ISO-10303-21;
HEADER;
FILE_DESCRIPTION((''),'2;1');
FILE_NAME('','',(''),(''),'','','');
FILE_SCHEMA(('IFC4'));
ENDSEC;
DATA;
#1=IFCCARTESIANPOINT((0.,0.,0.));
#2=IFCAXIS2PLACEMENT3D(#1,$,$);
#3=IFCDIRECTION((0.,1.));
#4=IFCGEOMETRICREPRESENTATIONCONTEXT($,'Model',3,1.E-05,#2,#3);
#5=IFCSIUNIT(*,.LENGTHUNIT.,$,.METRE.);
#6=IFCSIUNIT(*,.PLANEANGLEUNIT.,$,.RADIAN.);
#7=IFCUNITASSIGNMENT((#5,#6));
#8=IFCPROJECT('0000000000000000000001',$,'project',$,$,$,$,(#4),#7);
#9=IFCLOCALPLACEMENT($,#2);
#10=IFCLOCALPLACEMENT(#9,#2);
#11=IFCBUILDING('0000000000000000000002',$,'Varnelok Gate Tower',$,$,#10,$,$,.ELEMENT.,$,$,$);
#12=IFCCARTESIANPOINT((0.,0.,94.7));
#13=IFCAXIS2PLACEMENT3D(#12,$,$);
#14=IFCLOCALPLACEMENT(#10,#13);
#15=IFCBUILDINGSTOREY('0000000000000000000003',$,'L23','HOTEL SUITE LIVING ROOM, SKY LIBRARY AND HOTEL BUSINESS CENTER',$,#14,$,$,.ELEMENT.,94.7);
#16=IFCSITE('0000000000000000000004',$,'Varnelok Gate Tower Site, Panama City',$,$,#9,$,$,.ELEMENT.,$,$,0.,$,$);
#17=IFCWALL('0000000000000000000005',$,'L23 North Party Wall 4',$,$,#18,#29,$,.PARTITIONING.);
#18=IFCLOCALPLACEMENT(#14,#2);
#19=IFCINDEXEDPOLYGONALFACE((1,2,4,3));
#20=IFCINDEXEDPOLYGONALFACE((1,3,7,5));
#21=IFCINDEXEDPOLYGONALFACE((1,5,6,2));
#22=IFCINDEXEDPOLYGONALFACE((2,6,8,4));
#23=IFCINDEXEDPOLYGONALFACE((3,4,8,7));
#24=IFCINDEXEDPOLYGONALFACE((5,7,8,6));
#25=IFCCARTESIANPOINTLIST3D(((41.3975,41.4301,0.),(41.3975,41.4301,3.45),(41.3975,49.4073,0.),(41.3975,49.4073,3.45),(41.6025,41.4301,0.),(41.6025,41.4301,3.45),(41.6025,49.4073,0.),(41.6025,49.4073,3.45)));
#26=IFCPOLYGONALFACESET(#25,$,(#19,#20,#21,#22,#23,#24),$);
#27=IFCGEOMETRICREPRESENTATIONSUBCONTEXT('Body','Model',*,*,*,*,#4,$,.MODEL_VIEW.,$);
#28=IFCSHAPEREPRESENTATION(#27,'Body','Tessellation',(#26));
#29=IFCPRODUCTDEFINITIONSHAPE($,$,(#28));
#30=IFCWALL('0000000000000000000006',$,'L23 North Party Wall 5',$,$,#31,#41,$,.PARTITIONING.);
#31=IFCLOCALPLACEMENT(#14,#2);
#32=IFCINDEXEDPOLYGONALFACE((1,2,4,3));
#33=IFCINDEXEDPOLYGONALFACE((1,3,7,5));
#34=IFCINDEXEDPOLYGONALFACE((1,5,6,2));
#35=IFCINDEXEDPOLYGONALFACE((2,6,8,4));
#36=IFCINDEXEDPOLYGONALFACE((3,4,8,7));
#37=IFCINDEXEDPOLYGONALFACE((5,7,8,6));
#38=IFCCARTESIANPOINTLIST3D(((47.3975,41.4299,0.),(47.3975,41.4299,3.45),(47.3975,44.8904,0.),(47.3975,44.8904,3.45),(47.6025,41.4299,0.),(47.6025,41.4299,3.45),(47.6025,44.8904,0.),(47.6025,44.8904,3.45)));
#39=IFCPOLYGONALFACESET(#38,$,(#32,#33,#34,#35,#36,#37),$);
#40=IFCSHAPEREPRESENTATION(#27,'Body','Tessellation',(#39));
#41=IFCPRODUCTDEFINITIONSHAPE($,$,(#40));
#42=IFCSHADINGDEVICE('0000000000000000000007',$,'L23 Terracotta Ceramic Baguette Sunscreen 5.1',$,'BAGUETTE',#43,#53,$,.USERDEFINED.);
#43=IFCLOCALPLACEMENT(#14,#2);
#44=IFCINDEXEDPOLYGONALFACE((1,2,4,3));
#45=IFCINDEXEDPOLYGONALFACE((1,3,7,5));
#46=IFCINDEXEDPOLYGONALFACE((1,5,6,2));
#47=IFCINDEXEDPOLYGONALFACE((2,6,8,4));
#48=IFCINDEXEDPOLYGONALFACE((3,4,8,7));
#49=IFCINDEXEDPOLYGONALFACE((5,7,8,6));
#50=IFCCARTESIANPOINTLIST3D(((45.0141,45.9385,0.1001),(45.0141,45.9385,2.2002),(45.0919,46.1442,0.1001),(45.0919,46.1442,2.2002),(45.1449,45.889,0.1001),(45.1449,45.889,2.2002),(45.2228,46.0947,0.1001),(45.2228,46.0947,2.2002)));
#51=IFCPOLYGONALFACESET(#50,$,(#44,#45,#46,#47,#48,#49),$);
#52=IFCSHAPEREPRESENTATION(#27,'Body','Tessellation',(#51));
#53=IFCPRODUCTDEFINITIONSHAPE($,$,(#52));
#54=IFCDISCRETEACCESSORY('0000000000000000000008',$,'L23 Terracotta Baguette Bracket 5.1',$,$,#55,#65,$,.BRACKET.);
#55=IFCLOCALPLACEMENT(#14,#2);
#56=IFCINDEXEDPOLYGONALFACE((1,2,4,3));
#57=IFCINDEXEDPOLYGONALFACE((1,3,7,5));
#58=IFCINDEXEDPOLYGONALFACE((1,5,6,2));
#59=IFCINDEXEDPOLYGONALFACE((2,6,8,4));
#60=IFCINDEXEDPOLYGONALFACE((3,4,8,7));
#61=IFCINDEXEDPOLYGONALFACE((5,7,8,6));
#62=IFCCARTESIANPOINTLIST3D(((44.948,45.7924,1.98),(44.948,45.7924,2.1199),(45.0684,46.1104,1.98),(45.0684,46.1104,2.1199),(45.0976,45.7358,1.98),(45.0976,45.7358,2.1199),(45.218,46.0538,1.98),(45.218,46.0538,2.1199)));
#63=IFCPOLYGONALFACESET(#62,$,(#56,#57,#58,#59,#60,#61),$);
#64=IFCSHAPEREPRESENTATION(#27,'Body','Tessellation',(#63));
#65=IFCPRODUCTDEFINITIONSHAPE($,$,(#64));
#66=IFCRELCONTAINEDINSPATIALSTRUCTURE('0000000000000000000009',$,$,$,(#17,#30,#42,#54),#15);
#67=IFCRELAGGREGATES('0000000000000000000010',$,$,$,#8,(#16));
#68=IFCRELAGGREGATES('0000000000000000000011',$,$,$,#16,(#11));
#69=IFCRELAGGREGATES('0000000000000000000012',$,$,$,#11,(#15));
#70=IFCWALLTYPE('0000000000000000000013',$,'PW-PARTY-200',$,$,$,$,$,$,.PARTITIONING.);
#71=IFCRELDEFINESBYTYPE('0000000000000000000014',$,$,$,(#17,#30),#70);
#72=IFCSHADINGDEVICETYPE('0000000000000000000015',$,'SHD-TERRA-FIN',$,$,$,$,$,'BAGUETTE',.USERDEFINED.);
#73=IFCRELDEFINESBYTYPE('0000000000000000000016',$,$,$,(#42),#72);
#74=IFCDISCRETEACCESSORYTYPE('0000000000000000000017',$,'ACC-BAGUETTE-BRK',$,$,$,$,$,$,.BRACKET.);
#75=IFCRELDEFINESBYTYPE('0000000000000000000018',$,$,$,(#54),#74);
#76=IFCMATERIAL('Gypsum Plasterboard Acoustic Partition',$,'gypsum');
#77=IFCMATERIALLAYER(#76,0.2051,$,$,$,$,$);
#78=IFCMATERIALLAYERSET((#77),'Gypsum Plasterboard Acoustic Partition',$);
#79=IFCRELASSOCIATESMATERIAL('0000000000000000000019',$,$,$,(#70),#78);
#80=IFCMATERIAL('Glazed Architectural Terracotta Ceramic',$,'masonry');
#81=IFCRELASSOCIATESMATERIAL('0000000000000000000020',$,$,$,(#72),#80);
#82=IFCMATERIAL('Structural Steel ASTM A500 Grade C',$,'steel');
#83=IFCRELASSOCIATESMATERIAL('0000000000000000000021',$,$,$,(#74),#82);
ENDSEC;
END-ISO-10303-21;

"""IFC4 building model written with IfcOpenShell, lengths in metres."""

from ifc_helpers import new_model, si_unit, direction, frame, frame_2d, origin, origin_2d, place, context, subcontext, project, spatial, rectangle, extrude, source, transform, mapped, material, layer, layer_set, type_object, element, save


model = new_model("IFC4")

# Units and contexts
model_context = context("Model", 3, precision=1e-05, world=origin(), true_north=direction((0.0, 1.0)))
body_context = subcontext(model_context, "Body", "Model", "MODEL_VIEW")
ifc_project = project(units=[si_unit("LENGTHUNIT", "METRE"), si_unit("PLANEANGLEUNIT", "RADIAN")], contexts=[model_context])

# Site, building, storey
site_placement = place(None, origin())
site = spatial("IfcSite", under=ifc_project, at=site_placement, Name="Varnelok Gate Tower Site, Panama City", CompositionType="ELEMENT", RefElevation=0.0)
building_placement = place(site_placement, origin())
building = spatial("IfcBuilding", under=site, at=building_placement, Name="Varnelok Gate Tower", CompositionType="ELEMENT")
storey_placement = place(building_placement, frame((0.0, 0.0, 94.7)))
storey = spatial("IfcBuildingStorey", under=building, at=storey_placement, Name="L23", Description="HOTEL SUITE LIVING ROOM, SKY LIBRARY AND HOTEL BUSINESS CENTER", CompositionType="ELEMENT", Elevation=94.7)

# Shared definitions
ifc_material_1 = material(Name="Gypsum Plasterboard Acoustic Partition", Category="gypsum")

# Walls
ifc_layer_1 = layer(ifc_material_1, 0.2051)
ifc_layer_set_1 = layer_set([ifc_layer_1], Name="Gypsum Plasterboard Acoustic Partition")
wall_type_1 = type_object("IfcWallType", Name="PW-PARTY-200", PredefinedType="PARTITIONING", material=ifc_layer_set_1)
wall_1_placement = place(storey_placement, frame((41.5, 41.4299, 0.0), z_axis=(0.0, 0.0, 1.0), x_axis=(0.0, 1.0, 0.0)))
element("IfcWall", 1, at=wall_1_placement, inside=storey, type_object=wall_type_1, Name="L23 North Party Wall 4", PredefinedType="PARTITIONING", context=body_context, shape_type="SweptSolid", body=[
    extrude(rectangle(XDim=7.9773, YDim=0.2051, at=frame_2d((3.9888, 0.0))), origin(), (0.0, 0.0, 1.0), 3.45),
])
wall_2_placement = place(storey_placement, frame((47.5, 41.4299, 0.0), z_axis=(0.0, 0.0, 1.0), x_axis=(0.0, 1.0, 0.0)))
element("IfcWall", 2, at=wall_2_placement, inside=storey, type_object=wall_type_1, Name="L23 North Party Wall 5", PredefinedType="PARTITIONING", context=body_context, shape_type="SweptSolid", body=[
    extrude(rectangle(XDim=3.4604, YDim=0.2051, at=frame_2d((1.7302, 0.0))), origin(), (0.0, 0.0, 1.0), 3.45),
])

# Shading device
ifc_material_2 = material(Name="Glazed Architectural Terracotta Ceramic", Category="masonry")
shading_device_type = type_object("IfcShadingDeviceType", Name="SHD-TERRA-FIN", ElementType="BAGUETTE", PredefinedType="USERDEFINED", material=ifc_material_2)
shared_shape_1 = source(origin(), body_context, "Body", "SweptSolid", [
    extrude(rectangle(XDim=0.1399, YDim=0.22, at=origin_2d()), origin(), (0.0, 0.0, 1.0), 2.1001),
])
shading_device_placement = place(storey_placement, frame((45.1184, 46.0166, 0.1001), z_axis=(0.0, 0.0, 1.0), x_axis=(0.935222, -0.354063, 0.0)))
element("IfcShadingDevice", 3, at=shading_device_placement, inside=storey, type_object=shading_device_type, Name="L23 Terracotta Ceramic Baguette Sunscreen 5.1", ObjectType="BAGUETTE", PredefinedType="USERDEFINED", context=body_context, shape_type="MappedRepresentation", body=[
    mapped(shared_shape_1, transform((0.0, 0.0, 0.0), scale=1.0)),
])

# Discrete accessory
ifc_material_3 = material(Name="Structural Steel ASTM A500 Grade C", Category="steel")
discrete_accessory_type = type_object("IfcDiscreteAccessoryType", Name="ACC-BAGUETTE-BRK", PredefinedType="BRACKET", material=ifc_material_3)
shared_shape_2 = source(origin(), body_context, "Body", "SweptSolid", [
    extrude(rectangle(XDim=0.1599, YDim=0.3401, at=origin_2d()), origin(), (0.0, 0.0, 1.0), 0.1399),
])
discrete_accessory_placement = place(storey_placement, frame((45.083, 45.9231, 1.98), z_axis=(0.0, 0.0, 1.0), x_axis=(0.935222, -0.354063, 0.0)))
element("IfcDiscreteAccessory", 4, at=discrete_accessory_placement, inside=storey, type_object=discrete_accessory_type, Name="L23 Terracotta Baguette Bracket 5.1", PredefinedType="BRACKET", context=body_context, shape_type="MappedRepresentation", body=[
    mapped(shared_shape_2, transform((0.0, 0.0, 0.0), scale=1.0)),
])

save(model, "model.ifc")
